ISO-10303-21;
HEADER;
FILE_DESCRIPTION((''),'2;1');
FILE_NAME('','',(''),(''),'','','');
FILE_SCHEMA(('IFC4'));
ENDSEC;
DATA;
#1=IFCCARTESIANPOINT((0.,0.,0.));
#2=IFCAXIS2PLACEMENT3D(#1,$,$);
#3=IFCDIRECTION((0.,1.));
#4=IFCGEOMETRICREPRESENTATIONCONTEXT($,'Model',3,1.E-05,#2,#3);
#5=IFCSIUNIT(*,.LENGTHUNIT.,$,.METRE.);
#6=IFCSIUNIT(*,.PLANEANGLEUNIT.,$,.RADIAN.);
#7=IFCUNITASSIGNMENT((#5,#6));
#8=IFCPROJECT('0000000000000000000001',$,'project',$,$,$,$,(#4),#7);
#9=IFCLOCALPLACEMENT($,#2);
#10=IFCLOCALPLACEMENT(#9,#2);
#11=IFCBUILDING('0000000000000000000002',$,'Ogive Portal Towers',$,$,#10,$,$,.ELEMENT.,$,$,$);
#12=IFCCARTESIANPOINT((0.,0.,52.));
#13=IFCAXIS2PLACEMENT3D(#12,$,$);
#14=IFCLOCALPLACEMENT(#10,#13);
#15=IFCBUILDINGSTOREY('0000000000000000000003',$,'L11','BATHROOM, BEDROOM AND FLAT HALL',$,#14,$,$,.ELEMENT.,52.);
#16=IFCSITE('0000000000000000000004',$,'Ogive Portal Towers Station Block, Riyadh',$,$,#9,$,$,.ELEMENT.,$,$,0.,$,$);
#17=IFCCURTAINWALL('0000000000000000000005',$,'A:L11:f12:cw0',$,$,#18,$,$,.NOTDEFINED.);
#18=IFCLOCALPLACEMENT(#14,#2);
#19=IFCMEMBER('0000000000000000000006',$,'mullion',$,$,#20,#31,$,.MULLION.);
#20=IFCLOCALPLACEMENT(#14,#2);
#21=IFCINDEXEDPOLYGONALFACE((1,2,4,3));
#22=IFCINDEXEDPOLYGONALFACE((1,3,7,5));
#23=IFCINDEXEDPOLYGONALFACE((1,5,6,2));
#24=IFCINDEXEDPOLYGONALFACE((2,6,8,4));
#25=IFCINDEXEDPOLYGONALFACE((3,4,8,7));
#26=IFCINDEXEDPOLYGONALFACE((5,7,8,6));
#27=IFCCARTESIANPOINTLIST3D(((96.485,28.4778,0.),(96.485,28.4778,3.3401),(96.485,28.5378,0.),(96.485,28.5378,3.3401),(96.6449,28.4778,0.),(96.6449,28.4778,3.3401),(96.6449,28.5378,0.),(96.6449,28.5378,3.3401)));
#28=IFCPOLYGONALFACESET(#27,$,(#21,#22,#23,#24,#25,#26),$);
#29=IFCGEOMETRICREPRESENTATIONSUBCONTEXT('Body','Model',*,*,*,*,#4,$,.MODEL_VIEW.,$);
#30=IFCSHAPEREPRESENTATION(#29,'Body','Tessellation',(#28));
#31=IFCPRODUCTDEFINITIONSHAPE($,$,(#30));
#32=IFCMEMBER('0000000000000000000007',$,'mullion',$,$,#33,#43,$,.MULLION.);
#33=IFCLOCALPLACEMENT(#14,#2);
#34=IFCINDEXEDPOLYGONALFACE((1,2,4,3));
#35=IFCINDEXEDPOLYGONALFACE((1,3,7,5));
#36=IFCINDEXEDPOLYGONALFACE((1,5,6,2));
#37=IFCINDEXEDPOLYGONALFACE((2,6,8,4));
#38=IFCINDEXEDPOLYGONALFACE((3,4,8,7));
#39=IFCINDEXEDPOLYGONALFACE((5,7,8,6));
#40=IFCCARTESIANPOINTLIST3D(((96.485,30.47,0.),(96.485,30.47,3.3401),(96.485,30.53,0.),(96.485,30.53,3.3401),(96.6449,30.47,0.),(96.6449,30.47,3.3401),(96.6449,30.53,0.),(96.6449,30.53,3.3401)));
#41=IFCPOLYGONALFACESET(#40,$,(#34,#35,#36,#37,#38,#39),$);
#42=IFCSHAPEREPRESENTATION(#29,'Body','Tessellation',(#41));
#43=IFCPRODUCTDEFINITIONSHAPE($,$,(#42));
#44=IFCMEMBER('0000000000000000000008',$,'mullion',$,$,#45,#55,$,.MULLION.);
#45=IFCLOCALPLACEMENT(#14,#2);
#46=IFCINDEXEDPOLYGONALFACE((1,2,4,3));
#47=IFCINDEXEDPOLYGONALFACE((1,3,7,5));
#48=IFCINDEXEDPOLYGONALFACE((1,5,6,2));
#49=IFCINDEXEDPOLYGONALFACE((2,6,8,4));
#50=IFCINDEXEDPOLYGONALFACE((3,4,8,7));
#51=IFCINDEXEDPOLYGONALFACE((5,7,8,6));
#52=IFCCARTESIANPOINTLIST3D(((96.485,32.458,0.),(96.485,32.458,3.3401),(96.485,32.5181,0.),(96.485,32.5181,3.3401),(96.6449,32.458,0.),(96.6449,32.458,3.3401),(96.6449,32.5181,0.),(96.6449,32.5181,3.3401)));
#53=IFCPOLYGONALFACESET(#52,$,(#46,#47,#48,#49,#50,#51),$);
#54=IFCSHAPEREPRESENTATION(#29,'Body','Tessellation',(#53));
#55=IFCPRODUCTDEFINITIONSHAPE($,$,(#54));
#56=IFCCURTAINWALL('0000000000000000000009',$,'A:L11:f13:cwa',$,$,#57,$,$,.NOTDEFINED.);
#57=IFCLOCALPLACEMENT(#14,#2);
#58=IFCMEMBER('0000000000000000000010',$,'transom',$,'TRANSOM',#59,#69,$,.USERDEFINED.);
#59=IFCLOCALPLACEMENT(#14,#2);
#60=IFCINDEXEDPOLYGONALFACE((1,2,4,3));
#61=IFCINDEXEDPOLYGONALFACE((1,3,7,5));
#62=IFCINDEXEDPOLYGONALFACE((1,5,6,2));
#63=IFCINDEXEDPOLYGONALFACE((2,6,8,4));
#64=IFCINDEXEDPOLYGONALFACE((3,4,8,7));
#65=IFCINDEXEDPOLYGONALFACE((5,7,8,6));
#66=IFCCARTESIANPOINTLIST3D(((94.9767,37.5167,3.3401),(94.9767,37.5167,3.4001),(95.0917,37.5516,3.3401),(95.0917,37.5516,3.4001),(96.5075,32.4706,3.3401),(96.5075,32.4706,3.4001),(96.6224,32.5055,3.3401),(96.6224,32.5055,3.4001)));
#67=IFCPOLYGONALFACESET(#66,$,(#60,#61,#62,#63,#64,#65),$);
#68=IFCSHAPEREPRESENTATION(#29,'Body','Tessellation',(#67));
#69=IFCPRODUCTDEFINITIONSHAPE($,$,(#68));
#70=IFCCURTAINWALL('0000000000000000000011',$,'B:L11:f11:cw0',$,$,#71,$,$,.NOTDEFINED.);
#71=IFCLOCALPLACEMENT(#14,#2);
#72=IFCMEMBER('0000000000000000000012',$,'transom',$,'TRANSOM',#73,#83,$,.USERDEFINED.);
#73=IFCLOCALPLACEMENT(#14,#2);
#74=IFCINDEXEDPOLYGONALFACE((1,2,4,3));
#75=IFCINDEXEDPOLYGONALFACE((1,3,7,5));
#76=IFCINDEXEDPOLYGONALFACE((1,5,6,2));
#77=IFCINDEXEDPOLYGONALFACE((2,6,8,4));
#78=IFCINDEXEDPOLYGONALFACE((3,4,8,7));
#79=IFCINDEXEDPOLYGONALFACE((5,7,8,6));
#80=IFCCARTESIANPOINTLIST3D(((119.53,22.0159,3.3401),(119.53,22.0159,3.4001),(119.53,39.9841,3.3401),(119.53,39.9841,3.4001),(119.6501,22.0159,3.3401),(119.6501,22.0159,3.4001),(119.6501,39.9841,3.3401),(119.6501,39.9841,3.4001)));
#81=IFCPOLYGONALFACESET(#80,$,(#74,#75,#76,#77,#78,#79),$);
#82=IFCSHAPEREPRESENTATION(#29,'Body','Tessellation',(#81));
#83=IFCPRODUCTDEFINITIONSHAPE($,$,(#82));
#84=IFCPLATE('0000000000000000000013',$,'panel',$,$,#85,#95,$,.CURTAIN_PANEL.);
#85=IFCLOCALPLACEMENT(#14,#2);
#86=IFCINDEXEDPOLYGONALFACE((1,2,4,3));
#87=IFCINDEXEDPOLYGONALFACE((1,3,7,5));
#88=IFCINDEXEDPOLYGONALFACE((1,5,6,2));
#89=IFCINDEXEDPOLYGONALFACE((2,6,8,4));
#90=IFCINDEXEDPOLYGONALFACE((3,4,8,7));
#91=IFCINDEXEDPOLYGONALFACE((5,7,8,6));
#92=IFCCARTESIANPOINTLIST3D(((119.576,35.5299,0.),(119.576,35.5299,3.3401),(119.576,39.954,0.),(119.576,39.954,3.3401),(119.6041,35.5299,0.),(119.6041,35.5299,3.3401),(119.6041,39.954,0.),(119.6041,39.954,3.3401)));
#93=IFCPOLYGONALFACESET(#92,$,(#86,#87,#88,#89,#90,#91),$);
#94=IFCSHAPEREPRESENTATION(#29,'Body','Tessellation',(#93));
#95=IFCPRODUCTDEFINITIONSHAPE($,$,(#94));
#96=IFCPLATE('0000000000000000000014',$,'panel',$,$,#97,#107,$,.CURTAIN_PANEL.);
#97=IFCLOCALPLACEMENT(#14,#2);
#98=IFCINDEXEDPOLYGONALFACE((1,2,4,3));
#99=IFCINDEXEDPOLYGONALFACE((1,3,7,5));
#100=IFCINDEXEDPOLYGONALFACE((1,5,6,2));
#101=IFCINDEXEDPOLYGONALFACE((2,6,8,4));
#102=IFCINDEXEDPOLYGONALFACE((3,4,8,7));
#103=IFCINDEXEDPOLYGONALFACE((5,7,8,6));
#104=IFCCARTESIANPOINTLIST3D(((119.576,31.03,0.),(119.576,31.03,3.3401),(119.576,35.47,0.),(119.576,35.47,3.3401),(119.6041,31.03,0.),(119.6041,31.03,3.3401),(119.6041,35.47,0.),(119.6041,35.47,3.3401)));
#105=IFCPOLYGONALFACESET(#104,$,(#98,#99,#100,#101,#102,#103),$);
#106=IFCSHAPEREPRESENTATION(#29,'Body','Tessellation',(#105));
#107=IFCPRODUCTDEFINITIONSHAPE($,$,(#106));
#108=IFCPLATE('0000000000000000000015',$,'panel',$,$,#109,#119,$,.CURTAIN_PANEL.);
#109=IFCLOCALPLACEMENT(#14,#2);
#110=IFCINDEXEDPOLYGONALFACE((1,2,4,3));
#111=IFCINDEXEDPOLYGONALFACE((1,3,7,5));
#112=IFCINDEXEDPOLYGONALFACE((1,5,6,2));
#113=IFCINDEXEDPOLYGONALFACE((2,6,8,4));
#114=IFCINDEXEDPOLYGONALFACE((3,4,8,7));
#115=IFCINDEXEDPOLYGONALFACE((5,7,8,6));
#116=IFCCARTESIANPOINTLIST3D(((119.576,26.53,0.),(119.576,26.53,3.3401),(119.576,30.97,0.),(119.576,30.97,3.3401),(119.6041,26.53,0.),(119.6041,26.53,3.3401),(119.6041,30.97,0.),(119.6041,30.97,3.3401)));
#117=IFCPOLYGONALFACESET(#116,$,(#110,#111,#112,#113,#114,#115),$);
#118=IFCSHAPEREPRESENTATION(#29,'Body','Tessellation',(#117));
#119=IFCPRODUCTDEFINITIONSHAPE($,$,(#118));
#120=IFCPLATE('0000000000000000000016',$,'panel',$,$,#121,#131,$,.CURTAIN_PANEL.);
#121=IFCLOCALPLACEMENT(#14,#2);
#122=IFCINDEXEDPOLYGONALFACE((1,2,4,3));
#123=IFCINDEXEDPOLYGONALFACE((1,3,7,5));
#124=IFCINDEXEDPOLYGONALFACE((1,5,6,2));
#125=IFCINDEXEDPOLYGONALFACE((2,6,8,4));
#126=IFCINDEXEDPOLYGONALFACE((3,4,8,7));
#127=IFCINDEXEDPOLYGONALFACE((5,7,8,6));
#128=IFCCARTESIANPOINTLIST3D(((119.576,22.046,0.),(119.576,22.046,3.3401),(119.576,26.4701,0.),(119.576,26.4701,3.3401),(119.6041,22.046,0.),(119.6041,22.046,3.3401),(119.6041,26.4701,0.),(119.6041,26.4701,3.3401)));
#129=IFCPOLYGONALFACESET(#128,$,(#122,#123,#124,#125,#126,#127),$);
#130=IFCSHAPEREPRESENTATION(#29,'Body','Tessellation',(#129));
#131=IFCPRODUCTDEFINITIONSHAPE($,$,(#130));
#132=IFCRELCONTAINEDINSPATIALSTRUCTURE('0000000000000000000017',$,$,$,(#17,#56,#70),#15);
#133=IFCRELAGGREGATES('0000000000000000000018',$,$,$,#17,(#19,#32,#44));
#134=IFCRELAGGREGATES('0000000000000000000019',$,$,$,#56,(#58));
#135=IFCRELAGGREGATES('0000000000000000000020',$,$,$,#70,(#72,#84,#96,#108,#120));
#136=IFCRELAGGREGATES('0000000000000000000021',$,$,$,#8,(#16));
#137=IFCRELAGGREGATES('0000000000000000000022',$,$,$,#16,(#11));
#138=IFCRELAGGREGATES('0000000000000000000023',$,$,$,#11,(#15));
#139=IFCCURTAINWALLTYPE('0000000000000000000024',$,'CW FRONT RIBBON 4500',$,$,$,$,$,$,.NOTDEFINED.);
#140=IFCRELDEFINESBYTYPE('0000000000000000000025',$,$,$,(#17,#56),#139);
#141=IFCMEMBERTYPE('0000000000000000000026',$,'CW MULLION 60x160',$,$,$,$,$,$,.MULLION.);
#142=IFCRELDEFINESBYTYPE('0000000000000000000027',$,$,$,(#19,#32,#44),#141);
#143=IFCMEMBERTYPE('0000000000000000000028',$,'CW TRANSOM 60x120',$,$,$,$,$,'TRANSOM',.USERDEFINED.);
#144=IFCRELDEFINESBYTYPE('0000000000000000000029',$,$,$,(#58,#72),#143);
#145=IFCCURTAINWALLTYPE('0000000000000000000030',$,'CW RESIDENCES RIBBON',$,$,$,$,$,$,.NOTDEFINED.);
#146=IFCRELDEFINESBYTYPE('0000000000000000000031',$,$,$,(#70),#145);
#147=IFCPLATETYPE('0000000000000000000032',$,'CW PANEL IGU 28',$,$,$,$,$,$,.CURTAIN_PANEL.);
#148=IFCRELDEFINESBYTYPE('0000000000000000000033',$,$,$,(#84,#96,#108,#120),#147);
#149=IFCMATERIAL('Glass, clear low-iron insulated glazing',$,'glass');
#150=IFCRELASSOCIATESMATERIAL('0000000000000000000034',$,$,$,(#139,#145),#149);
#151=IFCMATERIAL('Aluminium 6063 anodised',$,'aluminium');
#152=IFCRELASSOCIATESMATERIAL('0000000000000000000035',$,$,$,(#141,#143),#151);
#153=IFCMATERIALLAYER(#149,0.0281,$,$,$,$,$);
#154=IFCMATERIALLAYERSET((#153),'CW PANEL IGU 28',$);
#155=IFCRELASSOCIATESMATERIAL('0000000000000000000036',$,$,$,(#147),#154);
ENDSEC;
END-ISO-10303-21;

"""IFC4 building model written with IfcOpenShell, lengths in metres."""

from ifc_helpers import new_model, si_unit, direction, frame, origin, origin_2d, place, context, subcontext, project, spatial, rectangle, extrude, material, layer, layer_set, material_profile, profile_set, type_object, element, aggregate, save


model = new_model("IFC4")

# Units and contexts
model_context = context("Model", 3, precision=1e-05, world=origin(), true_north=direction((0.0, 1.0)))
body_context = subcontext(model_context, "Body", "Model", "MODEL_VIEW")
ifc_project = project(units=[si_unit("LENGTHUNIT", "METRE"), si_unit("PLANEANGLEUNIT", "RADIAN")], contexts=[model_context])

# Site, building, storey
site_placement = place(None, origin())
site = spatial("IfcSite", under=ifc_project, at=site_placement, Name="Ogive Portal Towers Station Block, Riyadh", CompositionType="ELEMENT", RefElevation=0.0)
building_placement = place(site_placement, origin())
building = spatial("IfcBuilding", under=site, at=building_placement, Name="Ogive Portal Towers", CompositionType="ELEMENT")
storey_placement = place(building_placement, frame((0.0, 0.0, 52.0)))
storey = spatial("IfcBuildingStorey", under=building, at=storey_placement, Name="L11", Description="BATHROOM, BEDROOM AND FLAT HALL", CompositionType="ELEMENT", Elevation=52.0)

# Curtain wall, members
ifc_material_1 = material(Name="Glass, clear low-iron insulated glazing", Category="glass")
curtain_wall_type_1 = type_object("IfcCurtainWallType", Name="CW FRONT RIBBON 4500", PredefinedType="NOTDEFINED", material=ifc_material_1)
curtain_wall_1_placement = place(storey_placement, origin())
curtain_wall_1 = element("IfcCurtainWall", 1, at=curtain_wall_1_placement, inside=storey, type_object=curtain_wall_type_1, Name="A:L11:f12:cw0", PredefinedType="NOTDEFINED")
ifc_material_2 = material(Name="Aluminium 6063 anodised", Category="aluminium")
ifc_material_profile_1 = material_profile(ifc_material_2, rectangle(XDim=0.1599, YDim=0.0601, at=origin_2d()), Name="AL 60x160")
ifc_profile_set_1 = profile_set([ifc_material_profile_1], Name="Aluminium 6063 anodised")
member_type_1 = type_object("IfcMemberType", Name="CW MULLION 60x160", PredefinedType="MULLION", material=ifc_profile_set_1)
member_1_placement = place(storey_placement, frame((96.5649, 28.5078, 0.0), z_axis=(0.0, 0.0, 1.0), x_axis=(-1.0, 0.0, 0.0)))
member_1 = element("IfcMember", 2, at=member_1_placement, type_object=member_type_1, Name="mullion", PredefinedType="MULLION", context=body_context, shape_type="SweptSolid", body=[
    extrude(rectangle(XDim=0.1599, YDim=0.0601, at=origin_2d()), origin(), (0.0, 0.0, 1.0), 3.3401),
])
member_2_placement = place(storey_placement, frame((96.5649, 30.5, 0.0), z_axis=(0.0, 0.0, 1.0), x_axis=(-1.0, 0.0, 0.0)))
member_2 = element("IfcMember", 3, at=member_2_placement, type_object=member_type_1, Name="mullion", PredefinedType="MULLION", context=body_context, shape_type="SweptSolid", body=[
    extrude(rectangle(XDim=0.1599, YDim=0.0601, at=origin_2d()), origin(), (0.0, 0.0, 1.0), 3.3401),
])
member_3_placement = place(storey_placement, frame((96.5649, 32.488, 0.0), z_axis=(0.0, 0.0, 1.0), x_axis=(-1.0, 0.0, 0.0)))
member_3 = element("IfcMember", 4, at=member_3_placement, type_object=member_type_1, Name="mullion", PredefinedType="MULLION", context=body_context, shape_type="SweptSolid", body=[
    extrude(rectangle(XDim=0.1599, YDim=0.0601, at=origin_2d()), origin(), (0.0, 0.0, 1.0), 3.3401),
])
aggregate(curtain_wall_1, [member_1, member_2, member_3])

# Curtain wall, member
curtain_wall_2_placement = place(storey_placement, origin())
curtain_wall_2 = element("IfcCurtainWall", 5, at=curtain_wall_2_placement, inside=storey, type_object=curtain_wall_type_1, Name="A:L11:f13:cwa", PredefinedType="NOTDEFINED")
ifc_material_profile_2 = material_profile(ifc_material_2, rectangle(XDim=0.1201, YDim=0.0601, at=origin_2d()), Name="AL 120x60")
ifc_profile_set_2 = profile_set([ifc_material_profile_2], Name="Aluminium 6063 anodised")
member_type_2 = type_object("IfcMemberType", Name="CW TRANSOM 60x120", ElementType="TRANSOM", PredefinedType="USERDEFINED", material=ifc_profile_set_2)
member_4_placement = place(storey_placement, frame((96.5649, 32.488, 3.3701), z_axis=(-0.29029, 0.956939, 0.0), x_axis=(-0.956939, -0.29029, 0.0)))
member_4 = element("IfcMember", 6, at=member_4_placement, type_object=member_type_2, Name="transom", ObjectType="TRANSOM", PredefinedType="USERDEFINED", context=body_context, shape_type="SweptSolid", body=[
    extrude(rectangle(XDim=0.1201, YDim=0.0601, at=origin_2d()), origin(), (0.0, 0.0, 1.0), 5.2732),
])
aggregate(curtain_wall_2, [member_4])

# Curtain wall, member, plates
curtain_wall_type_2 = type_object("IfcCurtainWallType", Name="CW RESIDENCES RIBBON", PredefinedType="NOTDEFINED", material=ifc_material_1)
curtain_wall_3_placement = place(storey_placement, origin())
curtain_wall_3 = element("IfcCurtainWall", 7, at=curtain_wall_3_placement, inside=storey, type_object=curtain_wall_type_2, Name="B:L11:f11:cw0", PredefinedType="NOTDEFINED")
member_5_placement = place(storey_placement, frame((119.5901, 39.9841, 3.3701), z_axis=(0.0, -1.0, 0.0), x_axis=(1.0, 0.0, 0.0)))
member_5 = element("IfcMember", 8, at=member_5_placement, type_object=member_type_2, Name="transom", ObjectType="TRANSOM", PredefinedType="USERDEFINED", context=body_context, shape_type="SweptSolid", body=[
    extrude(rectangle(XDim=0.1201, YDim=0.0601, at=origin_2d()), origin(), (0.0, 0.0, 1.0), 17.9683),
])
ifc_layer_1 = layer(ifc_material_1, 0.0281)
ifc_layer_set_1 = layer_set([ifc_layer_1], Name="CW PANEL IGU 28")
plate_type = type_object("IfcPlateType", Name="CW PANEL IGU 28", PredefinedType="CURTAIN_PANEL", material=ifc_layer_set_1)
plate_1_placement = place(storey_placement, frame((119.5901, 37.7419, 0.0), z_axis=(0.0, 0.0, 1.0), x_axis=(0.0, -1.0, 0.0)))
plate_1 = element("IfcPlate", 9, at=plate_1_placement, type_object=plate_type, Name="panel", PredefinedType="CURTAIN_PANEL", context=body_context, shape_type="SweptSolid", body=[
    extrude(rectangle(XDim=4.4241, YDim=0.0281, at=origin_2d()), origin(), (0.0, 0.0, 1.0), 3.3401),
])
plate_2_placement = place(storey_placement, frame((119.5901, 33.25, 0.0), z_axis=(0.0, 0.0, 1.0), x_axis=(0.0, -1.0, 0.0)))
plate_2 = element("IfcPlate", 10, at=plate_2_placement, type_object=plate_type, Name="panel", PredefinedType="CURTAIN_PANEL", context=body_context, shape_type="SweptSolid", body=[
    extrude(rectangle(XDim=4.4399, YDim=0.0281, at=origin_2d()), origin(), (0.0, 0.0, 1.0), 3.3401),
])
plate_3_placement = place(storey_placement, frame((119.5901, 28.75, 0.0), z_axis=(0.0, 0.0, 1.0), x_axis=(0.0, -1.0, 0.0)))
plate_3 = element("IfcPlate", 11, at=plate_3_placement, type_object=plate_type, Name="panel", PredefinedType="CURTAIN_PANEL", context=body_context, shape_type="SweptSolid", body=[
    extrude(rectangle(XDim=4.4399, YDim=0.0281, at=origin_2d()), origin(), (0.0, 0.0, 1.0), 3.3401),
])
plate_4_placement = place(storey_placement, frame((119.5901, 24.2581, 0.0), z_axis=(0.0, 0.0, 1.0), x_axis=(0.0, -1.0, 0.0)))
plate_4 = element("IfcPlate", 12, at=plate_4_placement, type_object=plate_type, Name="panel", PredefinedType="CURTAIN_PANEL", context=body_context, shape_type="SweptSolid", body=[
    extrude(rectangle(XDim=4.4241, YDim=0.0281, at=origin_2d()), origin(), (0.0, 0.0, 1.0), 3.3401),
])
aggregate(curtain_wall_3, [member_5, plate_1, plate_2, plate_3, plate_4])

save(model, "model.ifc")
